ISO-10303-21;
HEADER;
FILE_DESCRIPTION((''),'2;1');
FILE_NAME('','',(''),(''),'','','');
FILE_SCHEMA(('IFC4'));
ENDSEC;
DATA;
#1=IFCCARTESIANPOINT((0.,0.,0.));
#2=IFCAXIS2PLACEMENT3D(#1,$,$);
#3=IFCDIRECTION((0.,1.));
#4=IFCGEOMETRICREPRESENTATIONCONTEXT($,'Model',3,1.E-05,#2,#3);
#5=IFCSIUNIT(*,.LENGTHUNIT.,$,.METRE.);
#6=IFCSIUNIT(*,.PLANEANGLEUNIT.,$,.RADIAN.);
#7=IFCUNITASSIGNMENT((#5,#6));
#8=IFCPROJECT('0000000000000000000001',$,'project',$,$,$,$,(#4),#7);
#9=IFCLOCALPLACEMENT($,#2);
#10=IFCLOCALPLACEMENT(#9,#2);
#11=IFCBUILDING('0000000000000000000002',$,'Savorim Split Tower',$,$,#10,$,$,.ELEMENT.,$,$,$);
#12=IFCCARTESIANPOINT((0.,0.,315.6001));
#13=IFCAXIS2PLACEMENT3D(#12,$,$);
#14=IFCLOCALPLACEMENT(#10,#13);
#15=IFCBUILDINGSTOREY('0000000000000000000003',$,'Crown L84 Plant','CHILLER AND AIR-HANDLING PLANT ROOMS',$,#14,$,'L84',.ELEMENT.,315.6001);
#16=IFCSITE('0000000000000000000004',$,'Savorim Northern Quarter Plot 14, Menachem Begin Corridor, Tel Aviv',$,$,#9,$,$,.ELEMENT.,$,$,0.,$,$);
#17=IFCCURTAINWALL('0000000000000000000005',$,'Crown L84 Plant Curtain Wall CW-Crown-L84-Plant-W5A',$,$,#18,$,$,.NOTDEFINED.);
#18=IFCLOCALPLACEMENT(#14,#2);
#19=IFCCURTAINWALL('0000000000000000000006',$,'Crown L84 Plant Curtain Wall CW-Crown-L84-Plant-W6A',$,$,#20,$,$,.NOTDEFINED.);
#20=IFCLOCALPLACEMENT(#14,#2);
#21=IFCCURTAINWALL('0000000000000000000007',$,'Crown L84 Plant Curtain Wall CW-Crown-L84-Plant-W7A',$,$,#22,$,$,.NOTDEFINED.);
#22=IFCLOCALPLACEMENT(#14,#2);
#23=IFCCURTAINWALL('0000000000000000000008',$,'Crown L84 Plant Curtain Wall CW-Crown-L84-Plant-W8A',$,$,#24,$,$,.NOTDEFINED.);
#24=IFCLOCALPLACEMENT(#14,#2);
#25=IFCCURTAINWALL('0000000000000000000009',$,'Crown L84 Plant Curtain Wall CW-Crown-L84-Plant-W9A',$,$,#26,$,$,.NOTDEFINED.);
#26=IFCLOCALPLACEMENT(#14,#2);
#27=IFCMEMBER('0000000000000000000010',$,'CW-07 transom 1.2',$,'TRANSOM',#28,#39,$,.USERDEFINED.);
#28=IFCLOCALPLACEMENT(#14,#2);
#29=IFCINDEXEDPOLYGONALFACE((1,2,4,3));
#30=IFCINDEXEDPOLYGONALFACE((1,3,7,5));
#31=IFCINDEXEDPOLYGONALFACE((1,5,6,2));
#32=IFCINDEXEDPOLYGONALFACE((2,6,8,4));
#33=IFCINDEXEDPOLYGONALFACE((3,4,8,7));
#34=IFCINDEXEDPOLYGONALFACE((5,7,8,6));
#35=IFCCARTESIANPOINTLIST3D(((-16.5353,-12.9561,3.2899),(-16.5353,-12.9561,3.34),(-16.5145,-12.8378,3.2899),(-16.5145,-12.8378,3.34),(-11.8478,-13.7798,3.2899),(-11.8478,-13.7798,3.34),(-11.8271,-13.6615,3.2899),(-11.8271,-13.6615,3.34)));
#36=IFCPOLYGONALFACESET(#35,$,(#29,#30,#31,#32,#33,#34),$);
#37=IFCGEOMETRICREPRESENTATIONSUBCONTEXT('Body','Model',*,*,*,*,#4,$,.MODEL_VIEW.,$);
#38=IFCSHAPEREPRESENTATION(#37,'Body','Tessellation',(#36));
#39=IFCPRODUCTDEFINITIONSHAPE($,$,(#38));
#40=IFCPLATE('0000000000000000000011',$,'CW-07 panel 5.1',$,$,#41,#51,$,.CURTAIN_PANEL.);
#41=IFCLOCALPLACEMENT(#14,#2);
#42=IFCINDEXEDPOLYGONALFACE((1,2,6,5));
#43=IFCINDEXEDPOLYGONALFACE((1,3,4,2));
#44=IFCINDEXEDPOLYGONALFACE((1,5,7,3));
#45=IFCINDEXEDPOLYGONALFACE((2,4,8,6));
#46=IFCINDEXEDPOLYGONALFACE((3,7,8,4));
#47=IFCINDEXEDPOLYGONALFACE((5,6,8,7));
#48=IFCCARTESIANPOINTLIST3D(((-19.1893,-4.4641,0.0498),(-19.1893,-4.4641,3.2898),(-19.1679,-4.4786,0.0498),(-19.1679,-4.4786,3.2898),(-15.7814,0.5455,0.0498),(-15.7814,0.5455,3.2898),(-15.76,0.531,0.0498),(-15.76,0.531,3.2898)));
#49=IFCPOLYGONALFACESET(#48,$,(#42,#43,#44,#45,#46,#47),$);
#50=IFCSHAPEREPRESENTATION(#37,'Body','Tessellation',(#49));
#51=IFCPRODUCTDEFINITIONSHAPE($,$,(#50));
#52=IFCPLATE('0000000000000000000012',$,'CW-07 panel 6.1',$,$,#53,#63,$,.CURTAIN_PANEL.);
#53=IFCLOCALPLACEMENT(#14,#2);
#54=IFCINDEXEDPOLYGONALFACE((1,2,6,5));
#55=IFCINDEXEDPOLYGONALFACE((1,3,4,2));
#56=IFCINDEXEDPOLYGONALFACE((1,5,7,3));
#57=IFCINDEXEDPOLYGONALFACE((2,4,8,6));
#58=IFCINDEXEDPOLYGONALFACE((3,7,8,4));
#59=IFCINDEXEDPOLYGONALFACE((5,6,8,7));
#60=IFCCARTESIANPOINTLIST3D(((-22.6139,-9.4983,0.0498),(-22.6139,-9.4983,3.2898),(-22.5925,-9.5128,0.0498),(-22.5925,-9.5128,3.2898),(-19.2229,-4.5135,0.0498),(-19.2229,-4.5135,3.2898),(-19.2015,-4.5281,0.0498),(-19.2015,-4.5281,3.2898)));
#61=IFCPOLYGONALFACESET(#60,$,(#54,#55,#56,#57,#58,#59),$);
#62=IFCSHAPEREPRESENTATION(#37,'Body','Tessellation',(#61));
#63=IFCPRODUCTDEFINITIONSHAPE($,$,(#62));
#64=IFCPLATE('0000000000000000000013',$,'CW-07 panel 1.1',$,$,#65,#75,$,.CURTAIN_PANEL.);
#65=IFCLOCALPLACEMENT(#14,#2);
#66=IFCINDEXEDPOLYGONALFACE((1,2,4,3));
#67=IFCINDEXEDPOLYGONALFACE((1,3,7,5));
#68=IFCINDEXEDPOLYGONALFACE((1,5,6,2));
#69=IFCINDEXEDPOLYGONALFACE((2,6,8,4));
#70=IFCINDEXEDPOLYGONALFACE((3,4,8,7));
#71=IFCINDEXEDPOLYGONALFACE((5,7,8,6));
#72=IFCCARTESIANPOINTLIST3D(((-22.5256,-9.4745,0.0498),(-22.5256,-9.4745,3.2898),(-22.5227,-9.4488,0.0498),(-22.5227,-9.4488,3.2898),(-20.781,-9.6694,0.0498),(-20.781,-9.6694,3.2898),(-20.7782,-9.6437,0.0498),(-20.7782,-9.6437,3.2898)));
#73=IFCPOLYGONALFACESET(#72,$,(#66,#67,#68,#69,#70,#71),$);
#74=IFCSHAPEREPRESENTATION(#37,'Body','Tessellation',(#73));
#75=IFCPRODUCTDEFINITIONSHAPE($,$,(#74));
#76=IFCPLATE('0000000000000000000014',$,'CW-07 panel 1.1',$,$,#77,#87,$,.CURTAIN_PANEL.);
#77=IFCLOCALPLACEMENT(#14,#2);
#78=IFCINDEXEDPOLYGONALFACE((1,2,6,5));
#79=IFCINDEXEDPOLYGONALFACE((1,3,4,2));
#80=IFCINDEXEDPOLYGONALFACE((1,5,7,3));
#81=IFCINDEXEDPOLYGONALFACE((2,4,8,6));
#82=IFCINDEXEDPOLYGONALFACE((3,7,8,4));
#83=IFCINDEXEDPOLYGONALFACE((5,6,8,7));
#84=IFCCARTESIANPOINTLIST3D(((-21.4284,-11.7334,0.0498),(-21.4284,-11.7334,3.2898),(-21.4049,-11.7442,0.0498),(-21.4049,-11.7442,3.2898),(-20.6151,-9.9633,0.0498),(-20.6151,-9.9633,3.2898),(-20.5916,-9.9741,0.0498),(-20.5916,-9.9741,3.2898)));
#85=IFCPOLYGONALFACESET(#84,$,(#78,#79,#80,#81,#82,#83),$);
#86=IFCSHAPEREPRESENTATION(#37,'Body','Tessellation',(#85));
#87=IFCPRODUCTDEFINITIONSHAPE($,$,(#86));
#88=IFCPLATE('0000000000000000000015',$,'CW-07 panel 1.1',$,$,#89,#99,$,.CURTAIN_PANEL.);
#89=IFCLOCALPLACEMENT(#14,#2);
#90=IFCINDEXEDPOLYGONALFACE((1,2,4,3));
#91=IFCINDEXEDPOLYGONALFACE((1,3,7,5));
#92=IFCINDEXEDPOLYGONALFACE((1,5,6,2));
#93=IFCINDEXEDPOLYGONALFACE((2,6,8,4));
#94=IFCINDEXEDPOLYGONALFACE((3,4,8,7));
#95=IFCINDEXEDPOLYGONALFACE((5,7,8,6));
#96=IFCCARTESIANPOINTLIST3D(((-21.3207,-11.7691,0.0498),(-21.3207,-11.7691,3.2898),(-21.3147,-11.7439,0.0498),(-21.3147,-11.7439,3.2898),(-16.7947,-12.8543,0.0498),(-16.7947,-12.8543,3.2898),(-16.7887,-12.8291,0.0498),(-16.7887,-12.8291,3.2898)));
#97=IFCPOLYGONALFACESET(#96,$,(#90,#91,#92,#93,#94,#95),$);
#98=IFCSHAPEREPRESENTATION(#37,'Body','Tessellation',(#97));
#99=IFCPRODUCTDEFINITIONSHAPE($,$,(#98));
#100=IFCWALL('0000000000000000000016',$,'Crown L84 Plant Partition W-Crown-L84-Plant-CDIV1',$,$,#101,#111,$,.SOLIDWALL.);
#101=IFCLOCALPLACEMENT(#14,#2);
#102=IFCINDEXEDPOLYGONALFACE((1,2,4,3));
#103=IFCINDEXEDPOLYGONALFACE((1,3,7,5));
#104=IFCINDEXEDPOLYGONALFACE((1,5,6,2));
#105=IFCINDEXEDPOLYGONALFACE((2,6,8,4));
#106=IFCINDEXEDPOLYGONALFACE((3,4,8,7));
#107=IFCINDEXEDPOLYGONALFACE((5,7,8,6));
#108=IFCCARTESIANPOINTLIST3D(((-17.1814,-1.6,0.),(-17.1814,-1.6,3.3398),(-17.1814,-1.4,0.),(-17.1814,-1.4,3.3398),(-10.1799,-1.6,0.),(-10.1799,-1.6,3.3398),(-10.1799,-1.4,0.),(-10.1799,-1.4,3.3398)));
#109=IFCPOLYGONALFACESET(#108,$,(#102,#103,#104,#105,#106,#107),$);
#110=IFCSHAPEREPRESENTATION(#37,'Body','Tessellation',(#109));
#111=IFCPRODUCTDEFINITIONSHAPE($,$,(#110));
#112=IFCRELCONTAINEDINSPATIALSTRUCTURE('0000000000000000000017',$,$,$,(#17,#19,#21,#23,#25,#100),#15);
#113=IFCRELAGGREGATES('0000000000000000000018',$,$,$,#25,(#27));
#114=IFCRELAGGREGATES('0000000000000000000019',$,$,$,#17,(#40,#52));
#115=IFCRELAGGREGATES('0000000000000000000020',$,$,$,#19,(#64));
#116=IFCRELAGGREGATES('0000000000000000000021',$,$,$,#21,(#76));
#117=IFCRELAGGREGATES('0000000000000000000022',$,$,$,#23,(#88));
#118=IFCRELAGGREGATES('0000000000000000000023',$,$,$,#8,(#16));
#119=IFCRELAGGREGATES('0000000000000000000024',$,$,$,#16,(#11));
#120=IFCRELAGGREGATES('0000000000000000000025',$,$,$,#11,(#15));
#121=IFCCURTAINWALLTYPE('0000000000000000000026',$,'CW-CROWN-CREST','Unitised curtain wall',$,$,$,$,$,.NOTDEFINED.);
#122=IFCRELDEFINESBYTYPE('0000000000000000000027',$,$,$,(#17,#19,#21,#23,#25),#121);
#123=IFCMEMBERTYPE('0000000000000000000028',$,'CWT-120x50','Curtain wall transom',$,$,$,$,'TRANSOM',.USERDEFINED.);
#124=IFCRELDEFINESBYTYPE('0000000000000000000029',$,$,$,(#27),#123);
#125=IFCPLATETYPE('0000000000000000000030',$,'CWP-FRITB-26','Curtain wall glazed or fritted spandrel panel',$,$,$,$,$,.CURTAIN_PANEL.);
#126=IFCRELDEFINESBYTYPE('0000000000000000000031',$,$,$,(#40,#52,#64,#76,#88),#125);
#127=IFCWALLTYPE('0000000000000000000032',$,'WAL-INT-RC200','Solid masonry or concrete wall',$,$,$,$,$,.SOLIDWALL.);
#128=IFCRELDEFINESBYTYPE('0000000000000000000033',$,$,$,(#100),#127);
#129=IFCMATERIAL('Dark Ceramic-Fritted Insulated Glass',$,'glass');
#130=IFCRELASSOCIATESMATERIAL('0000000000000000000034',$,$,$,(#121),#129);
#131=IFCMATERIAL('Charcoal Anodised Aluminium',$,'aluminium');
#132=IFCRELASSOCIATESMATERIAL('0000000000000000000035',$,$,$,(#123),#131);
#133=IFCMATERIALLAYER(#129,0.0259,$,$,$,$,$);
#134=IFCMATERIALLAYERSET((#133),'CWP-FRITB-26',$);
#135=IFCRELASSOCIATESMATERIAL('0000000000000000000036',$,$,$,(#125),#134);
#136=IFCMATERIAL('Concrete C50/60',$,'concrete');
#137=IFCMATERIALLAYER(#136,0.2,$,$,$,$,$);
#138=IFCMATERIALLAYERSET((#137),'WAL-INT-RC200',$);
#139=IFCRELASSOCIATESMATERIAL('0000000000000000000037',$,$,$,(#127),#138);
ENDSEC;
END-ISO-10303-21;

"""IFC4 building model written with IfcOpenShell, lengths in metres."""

from ifc_helpers import new_model, si_unit, direction, frame, frame_2d, origin, origin_2d, place, context, subcontext, project, spatial, rectangle, extrude, material, layer, layer_set, material_profile, profile_set, type_object, element, aggregate, save


model = new_model("IFC4")

# Units and contexts
model_context = context("Model", 3, precision=1e-05, world=origin(), true_north=direction((0.0, 1.0)))
body_context = subcontext(model_context, "Body", "Model", "MODEL_VIEW")
ifc_project = project(units=[si_unit("LENGTHUNIT", "METRE"), si_unit("PLANEANGLEUNIT", "RADIAN")], contexts=[model_context])

# Site, building, storey
site_placement = place(None, origin())
site = spatial("IfcSite", under=ifc_project, at=site_placement, Name="Savorim Northern Quarter Plot 14, Menachem Begin Corridor, Tel Aviv", CompositionType="ELEMENT", RefElevation=0.0)
building_placement = place(site_placement, origin())
building = spatial("IfcBuilding", under=site, at=building_placement, Name="Savorim Split Tower", CompositionType="ELEMENT")
storey_placement = place(building_placement, frame((0.0, 0.0, 315.6001)))
storey = spatial("IfcBuildingStorey", under=building, at=storey_placement, Name="Crown L84 Plant", Description="CHILLER AND AIR-HANDLING PLANT ROOMS", LongName="L84", CompositionType="ELEMENT", Elevation=315.6001)

# Curtain walls
ifc_material_1 = material(Name="Dark Ceramic-Fritted Insulated Glass", Category="glass")
curtain_wall_type = type_object("IfcCurtainWallType", Name="CW-CROWN-CREST", Description="Unitised curtain wall", PredefinedType="NOTDEFINED", material=ifc_material_1)
curtain_wall_1_placement = place(storey_placement, origin())
curtain_wall_1 = element("IfcCurtainWall", 1, at=curtain_wall_1_placement, inside=storey, type_object=curtain_wall_type, Name="Crown L84 Plant Curtain Wall CW-Crown-L84-Plant-W5A", PredefinedType="NOTDEFINED")
ifc_material_2 = material(Name="Charcoal Anodised Aluminium", Category="aluminium")
curtain_wall_2_placement = place(storey_placement, origin())
curtain_wall_2 = element("IfcCurtainWall", 2, at=curtain_wall_2_placement, inside=storey, type_object=curtain_wall_type, Name="Crown L84 Plant Curtain Wall CW-Crown-L84-Plant-W6A", PredefinedType="NOTDEFINED")
curtain_wall_3_placement = place(storey_placement, origin())
curtain_wall_3 = element("IfcCurtainWall", 3, at=curtain_wall_3_placement, inside=storey, type_object=curtain_wall_type, Name="Crown L84 Plant Curtain Wall CW-Crown-L84-Plant-W7A", PredefinedType="NOTDEFINED")
curtain_wall_4_placement = place(storey_placement, origin())
curtain_wall_4 = element("IfcCurtainWall", 4, at=curtain_wall_4_placement, inside=storey, type_object=curtain_wall_type, Name="Crown L84 Plant Curtain Wall CW-Crown-L84-Plant-W8A", PredefinedType="NOTDEFINED")

# Curtain wall
curtain_wall_5_placement = place(storey_placement, origin())
curtain_wall_5 = element("IfcCurtainWall", 5, at=curtain_wall_5_placement, inside=storey, type_object=curtain_wall_type, Name="Crown L84 Plant Curtain Wall CW-Crown-L84-Plant-W9A", PredefinedType="NOTDEFINED")

# Member
ifc_material_profile_1 = material_profile(ifc_material_2, rectangle(XDim=0.1201, YDim=0.05, at=origin_2d()), Name="ALU-T 120x50")
ifc_profile_set_1 = profile_set([ifc_material_profile_1], Name="Charcoal Anodised Aluminium")
member_type_1 = type_object("IfcMemberType", Name="CWT-120x50", Description="Curtain wall transom", ElementType="TRANSOM", PredefinedType="USERDEFINED", material=ifc_profile_set_1)
member_1_placement = place(storey_placement, frame((-16.5249, -12.897, 3.3149), z_axis=(0.984908, -0.173077, 0.0), x_axis=(0.173077, 0.984908, 0.0)))
member_1 = element("IfcMember", 6, at=member_1_placement, type_object=member_type_1, Name="CW-07 transom 1.2", ObjectType="TRANSOM", PredefinedType="USERDEFINED", context=body_context, shape_type="SweptSolid", body=[
    extrude(rectangle(XDim=0.1201, YDim=0.05, at=origin_2d()), origin(), (0.0, 0.0, 1.0), 4.7593),
])
aggregate(curtain_wall_5, [member_1])

# Plates
ifc_layer_1 = layer(ifc_material_1, 0.0259)
ifc_layer_set_1 = layer_set([ifc_layer_1], Name="CWP-FRITB-26")
plate_type = type_object("IfcPlateType", Name="CWP-FRITB-26", Description="Curtain wall glazed or fritted spandrel panel", PredefinedType="CURTAIN_PANEL", material=ifc_layer_set_1)
plate_1_placement = place(storey_placement, frame((-17.4746, -1.9666, 0.0498), z_axis=(0.0, 0.0, 1.0), x_axis=(-0.562467, -0.82682, 0.0)))
plate_1 = element("IfcPlate", 7, at=plate_1_placement, type_object=plate_type, Name="CW-07 panel 5.1", PredefinedType="CURTAIN_PANEL", context=body_context, shape_type="SweptSolid", body=[
    extrude(rectangle(XDim=6.0588, YDim=0.0259, at=origin_2d()), origin(), (0.0, 0.0, 1.0), 3.24),
])
plate_2_placement = place(storey_placement, frame((-20.9077, -7.0132, 0.0498), z_axis=(0.0, 0.0, 1.0), x_axis=(-0.562467, -0.82682, 0.0)))
plate_2 = element("IfcPlate", 8, at=plate_2_placement, type_object=plate_type, Name="CW-07 panel 6.1", PredefinedType="CURTAIN_PANEL", context=body_context, shape_type="SweptSolid", body=[
    extrude(rectangle(XDim=6.0288, YDim=0.0259, at=origin_2d()), origin(), (0.0, 0.0, 1.0), 3.24),
])
aggregate(curtain_wall_1, [plate_1, plate_2])
plate_3_placement = place(storey_placement, frame((-21.6519, -9.5591, 0.0498), z_axis=(0.0, 0.0, 1.0), x_axis=(0.993819, -0.111011, 0.0)))
plate_3 = element("IfcPlate", 9, at=plate_3_placement, type_object=plate_type, Name="CW-07 panel 1.1", PredefinedType="CURTAIN_PANEL", context=body_context, shape_type="SweptSolid", body=[
    extrude(rectangle(XDim=1.7554, YDim=0.0259, at=origin_2d()), origin(), (0.0, 0.0, 1.0), 3.24),
])
aggregate(curtain_wall_2, [plate_3])
plate_4_placement = place(storey_placement, frame((-21.01, -10.8538, 0.0498), z_axis=(0.0, 0.0, 1.0), x_axis=(-0.417494, -0.90868, 0.0)))
plate_4 = element("IfcPlate", 10, at=plate_4_placement, type_object=plate_type, Name="CW-07 panel 1.1", PredefinedType="CURTAIN_PANEL", context=body_context, shape_type="SweptSolid", body=[
    extrude(rectangle(XDim=1.948, YDim=0.0259, at=origin_2d()), origin(), (0.0, 0.0, 1.0), 3.24),
])
aggregate(curtain_wall_3, [plate_4])
plate_5_placement = place(storey_placement, frame((-19.0547, -12.2991, 0.0498), z_axis=(0.0, 0.0, 1.0), x_axis=(0.972438, -0.233161, 0.0)))
plate_5 = element("IfcPlate", 11, at=plate_5_placement, type_object=plate_type, Name="CW-07 panel 1.1", PredefinedType="CURTAIN_PANEL", context=body_context, shape_type="SweptSolid", body=[
    extrude(rectangle(XDim=4.6543, YDim=0.0259, at=origin_2d()), origin(), (0.0, 0.0, 1.0), 3.24),
])
aggregate(curtain_wall_4, [plate_5])

# Wall
ifc_material_3 = material(Name="Concrete C50/60", Category="concrete")
ifc_layer_2 = layer(ifc_material_3, 0.2)
ifc_layer_set_2 = layer_set([ifc_layer_2], Name="WAL-INT-RC200")
wall_type = type_object("IfcWallType", Name="WAL-INT-RC200", Description="Solid masonry or concrete wall", PredefinedType="SOLIDWALL", material=ifc_layer_set_2)
wall_placement = place(storey_placement, frame((-17.1814, -1.5, 0.0), z_axis=(0.0, 0.0, 1.0), x_axis=(1.0, 0.0, 0.0)))
element("IfcWall", 12, at=wall_placement, inside=storey, type_object=wall_type, Name="Crown L84 Plant Partition W-Crown-L84-Plant-CDIV1", PredefinedType="SOLIDWALL", context=body_context, shape_type="SweptSolid", body=[
    extrude(rectangle(XDim=7.0015, YDim=0.2, at=frame_2d((3.5007, 0.0))), origin(), (0.0, 0.0, 1.0), 3.3398),
])

save(model, "model.ifc")
